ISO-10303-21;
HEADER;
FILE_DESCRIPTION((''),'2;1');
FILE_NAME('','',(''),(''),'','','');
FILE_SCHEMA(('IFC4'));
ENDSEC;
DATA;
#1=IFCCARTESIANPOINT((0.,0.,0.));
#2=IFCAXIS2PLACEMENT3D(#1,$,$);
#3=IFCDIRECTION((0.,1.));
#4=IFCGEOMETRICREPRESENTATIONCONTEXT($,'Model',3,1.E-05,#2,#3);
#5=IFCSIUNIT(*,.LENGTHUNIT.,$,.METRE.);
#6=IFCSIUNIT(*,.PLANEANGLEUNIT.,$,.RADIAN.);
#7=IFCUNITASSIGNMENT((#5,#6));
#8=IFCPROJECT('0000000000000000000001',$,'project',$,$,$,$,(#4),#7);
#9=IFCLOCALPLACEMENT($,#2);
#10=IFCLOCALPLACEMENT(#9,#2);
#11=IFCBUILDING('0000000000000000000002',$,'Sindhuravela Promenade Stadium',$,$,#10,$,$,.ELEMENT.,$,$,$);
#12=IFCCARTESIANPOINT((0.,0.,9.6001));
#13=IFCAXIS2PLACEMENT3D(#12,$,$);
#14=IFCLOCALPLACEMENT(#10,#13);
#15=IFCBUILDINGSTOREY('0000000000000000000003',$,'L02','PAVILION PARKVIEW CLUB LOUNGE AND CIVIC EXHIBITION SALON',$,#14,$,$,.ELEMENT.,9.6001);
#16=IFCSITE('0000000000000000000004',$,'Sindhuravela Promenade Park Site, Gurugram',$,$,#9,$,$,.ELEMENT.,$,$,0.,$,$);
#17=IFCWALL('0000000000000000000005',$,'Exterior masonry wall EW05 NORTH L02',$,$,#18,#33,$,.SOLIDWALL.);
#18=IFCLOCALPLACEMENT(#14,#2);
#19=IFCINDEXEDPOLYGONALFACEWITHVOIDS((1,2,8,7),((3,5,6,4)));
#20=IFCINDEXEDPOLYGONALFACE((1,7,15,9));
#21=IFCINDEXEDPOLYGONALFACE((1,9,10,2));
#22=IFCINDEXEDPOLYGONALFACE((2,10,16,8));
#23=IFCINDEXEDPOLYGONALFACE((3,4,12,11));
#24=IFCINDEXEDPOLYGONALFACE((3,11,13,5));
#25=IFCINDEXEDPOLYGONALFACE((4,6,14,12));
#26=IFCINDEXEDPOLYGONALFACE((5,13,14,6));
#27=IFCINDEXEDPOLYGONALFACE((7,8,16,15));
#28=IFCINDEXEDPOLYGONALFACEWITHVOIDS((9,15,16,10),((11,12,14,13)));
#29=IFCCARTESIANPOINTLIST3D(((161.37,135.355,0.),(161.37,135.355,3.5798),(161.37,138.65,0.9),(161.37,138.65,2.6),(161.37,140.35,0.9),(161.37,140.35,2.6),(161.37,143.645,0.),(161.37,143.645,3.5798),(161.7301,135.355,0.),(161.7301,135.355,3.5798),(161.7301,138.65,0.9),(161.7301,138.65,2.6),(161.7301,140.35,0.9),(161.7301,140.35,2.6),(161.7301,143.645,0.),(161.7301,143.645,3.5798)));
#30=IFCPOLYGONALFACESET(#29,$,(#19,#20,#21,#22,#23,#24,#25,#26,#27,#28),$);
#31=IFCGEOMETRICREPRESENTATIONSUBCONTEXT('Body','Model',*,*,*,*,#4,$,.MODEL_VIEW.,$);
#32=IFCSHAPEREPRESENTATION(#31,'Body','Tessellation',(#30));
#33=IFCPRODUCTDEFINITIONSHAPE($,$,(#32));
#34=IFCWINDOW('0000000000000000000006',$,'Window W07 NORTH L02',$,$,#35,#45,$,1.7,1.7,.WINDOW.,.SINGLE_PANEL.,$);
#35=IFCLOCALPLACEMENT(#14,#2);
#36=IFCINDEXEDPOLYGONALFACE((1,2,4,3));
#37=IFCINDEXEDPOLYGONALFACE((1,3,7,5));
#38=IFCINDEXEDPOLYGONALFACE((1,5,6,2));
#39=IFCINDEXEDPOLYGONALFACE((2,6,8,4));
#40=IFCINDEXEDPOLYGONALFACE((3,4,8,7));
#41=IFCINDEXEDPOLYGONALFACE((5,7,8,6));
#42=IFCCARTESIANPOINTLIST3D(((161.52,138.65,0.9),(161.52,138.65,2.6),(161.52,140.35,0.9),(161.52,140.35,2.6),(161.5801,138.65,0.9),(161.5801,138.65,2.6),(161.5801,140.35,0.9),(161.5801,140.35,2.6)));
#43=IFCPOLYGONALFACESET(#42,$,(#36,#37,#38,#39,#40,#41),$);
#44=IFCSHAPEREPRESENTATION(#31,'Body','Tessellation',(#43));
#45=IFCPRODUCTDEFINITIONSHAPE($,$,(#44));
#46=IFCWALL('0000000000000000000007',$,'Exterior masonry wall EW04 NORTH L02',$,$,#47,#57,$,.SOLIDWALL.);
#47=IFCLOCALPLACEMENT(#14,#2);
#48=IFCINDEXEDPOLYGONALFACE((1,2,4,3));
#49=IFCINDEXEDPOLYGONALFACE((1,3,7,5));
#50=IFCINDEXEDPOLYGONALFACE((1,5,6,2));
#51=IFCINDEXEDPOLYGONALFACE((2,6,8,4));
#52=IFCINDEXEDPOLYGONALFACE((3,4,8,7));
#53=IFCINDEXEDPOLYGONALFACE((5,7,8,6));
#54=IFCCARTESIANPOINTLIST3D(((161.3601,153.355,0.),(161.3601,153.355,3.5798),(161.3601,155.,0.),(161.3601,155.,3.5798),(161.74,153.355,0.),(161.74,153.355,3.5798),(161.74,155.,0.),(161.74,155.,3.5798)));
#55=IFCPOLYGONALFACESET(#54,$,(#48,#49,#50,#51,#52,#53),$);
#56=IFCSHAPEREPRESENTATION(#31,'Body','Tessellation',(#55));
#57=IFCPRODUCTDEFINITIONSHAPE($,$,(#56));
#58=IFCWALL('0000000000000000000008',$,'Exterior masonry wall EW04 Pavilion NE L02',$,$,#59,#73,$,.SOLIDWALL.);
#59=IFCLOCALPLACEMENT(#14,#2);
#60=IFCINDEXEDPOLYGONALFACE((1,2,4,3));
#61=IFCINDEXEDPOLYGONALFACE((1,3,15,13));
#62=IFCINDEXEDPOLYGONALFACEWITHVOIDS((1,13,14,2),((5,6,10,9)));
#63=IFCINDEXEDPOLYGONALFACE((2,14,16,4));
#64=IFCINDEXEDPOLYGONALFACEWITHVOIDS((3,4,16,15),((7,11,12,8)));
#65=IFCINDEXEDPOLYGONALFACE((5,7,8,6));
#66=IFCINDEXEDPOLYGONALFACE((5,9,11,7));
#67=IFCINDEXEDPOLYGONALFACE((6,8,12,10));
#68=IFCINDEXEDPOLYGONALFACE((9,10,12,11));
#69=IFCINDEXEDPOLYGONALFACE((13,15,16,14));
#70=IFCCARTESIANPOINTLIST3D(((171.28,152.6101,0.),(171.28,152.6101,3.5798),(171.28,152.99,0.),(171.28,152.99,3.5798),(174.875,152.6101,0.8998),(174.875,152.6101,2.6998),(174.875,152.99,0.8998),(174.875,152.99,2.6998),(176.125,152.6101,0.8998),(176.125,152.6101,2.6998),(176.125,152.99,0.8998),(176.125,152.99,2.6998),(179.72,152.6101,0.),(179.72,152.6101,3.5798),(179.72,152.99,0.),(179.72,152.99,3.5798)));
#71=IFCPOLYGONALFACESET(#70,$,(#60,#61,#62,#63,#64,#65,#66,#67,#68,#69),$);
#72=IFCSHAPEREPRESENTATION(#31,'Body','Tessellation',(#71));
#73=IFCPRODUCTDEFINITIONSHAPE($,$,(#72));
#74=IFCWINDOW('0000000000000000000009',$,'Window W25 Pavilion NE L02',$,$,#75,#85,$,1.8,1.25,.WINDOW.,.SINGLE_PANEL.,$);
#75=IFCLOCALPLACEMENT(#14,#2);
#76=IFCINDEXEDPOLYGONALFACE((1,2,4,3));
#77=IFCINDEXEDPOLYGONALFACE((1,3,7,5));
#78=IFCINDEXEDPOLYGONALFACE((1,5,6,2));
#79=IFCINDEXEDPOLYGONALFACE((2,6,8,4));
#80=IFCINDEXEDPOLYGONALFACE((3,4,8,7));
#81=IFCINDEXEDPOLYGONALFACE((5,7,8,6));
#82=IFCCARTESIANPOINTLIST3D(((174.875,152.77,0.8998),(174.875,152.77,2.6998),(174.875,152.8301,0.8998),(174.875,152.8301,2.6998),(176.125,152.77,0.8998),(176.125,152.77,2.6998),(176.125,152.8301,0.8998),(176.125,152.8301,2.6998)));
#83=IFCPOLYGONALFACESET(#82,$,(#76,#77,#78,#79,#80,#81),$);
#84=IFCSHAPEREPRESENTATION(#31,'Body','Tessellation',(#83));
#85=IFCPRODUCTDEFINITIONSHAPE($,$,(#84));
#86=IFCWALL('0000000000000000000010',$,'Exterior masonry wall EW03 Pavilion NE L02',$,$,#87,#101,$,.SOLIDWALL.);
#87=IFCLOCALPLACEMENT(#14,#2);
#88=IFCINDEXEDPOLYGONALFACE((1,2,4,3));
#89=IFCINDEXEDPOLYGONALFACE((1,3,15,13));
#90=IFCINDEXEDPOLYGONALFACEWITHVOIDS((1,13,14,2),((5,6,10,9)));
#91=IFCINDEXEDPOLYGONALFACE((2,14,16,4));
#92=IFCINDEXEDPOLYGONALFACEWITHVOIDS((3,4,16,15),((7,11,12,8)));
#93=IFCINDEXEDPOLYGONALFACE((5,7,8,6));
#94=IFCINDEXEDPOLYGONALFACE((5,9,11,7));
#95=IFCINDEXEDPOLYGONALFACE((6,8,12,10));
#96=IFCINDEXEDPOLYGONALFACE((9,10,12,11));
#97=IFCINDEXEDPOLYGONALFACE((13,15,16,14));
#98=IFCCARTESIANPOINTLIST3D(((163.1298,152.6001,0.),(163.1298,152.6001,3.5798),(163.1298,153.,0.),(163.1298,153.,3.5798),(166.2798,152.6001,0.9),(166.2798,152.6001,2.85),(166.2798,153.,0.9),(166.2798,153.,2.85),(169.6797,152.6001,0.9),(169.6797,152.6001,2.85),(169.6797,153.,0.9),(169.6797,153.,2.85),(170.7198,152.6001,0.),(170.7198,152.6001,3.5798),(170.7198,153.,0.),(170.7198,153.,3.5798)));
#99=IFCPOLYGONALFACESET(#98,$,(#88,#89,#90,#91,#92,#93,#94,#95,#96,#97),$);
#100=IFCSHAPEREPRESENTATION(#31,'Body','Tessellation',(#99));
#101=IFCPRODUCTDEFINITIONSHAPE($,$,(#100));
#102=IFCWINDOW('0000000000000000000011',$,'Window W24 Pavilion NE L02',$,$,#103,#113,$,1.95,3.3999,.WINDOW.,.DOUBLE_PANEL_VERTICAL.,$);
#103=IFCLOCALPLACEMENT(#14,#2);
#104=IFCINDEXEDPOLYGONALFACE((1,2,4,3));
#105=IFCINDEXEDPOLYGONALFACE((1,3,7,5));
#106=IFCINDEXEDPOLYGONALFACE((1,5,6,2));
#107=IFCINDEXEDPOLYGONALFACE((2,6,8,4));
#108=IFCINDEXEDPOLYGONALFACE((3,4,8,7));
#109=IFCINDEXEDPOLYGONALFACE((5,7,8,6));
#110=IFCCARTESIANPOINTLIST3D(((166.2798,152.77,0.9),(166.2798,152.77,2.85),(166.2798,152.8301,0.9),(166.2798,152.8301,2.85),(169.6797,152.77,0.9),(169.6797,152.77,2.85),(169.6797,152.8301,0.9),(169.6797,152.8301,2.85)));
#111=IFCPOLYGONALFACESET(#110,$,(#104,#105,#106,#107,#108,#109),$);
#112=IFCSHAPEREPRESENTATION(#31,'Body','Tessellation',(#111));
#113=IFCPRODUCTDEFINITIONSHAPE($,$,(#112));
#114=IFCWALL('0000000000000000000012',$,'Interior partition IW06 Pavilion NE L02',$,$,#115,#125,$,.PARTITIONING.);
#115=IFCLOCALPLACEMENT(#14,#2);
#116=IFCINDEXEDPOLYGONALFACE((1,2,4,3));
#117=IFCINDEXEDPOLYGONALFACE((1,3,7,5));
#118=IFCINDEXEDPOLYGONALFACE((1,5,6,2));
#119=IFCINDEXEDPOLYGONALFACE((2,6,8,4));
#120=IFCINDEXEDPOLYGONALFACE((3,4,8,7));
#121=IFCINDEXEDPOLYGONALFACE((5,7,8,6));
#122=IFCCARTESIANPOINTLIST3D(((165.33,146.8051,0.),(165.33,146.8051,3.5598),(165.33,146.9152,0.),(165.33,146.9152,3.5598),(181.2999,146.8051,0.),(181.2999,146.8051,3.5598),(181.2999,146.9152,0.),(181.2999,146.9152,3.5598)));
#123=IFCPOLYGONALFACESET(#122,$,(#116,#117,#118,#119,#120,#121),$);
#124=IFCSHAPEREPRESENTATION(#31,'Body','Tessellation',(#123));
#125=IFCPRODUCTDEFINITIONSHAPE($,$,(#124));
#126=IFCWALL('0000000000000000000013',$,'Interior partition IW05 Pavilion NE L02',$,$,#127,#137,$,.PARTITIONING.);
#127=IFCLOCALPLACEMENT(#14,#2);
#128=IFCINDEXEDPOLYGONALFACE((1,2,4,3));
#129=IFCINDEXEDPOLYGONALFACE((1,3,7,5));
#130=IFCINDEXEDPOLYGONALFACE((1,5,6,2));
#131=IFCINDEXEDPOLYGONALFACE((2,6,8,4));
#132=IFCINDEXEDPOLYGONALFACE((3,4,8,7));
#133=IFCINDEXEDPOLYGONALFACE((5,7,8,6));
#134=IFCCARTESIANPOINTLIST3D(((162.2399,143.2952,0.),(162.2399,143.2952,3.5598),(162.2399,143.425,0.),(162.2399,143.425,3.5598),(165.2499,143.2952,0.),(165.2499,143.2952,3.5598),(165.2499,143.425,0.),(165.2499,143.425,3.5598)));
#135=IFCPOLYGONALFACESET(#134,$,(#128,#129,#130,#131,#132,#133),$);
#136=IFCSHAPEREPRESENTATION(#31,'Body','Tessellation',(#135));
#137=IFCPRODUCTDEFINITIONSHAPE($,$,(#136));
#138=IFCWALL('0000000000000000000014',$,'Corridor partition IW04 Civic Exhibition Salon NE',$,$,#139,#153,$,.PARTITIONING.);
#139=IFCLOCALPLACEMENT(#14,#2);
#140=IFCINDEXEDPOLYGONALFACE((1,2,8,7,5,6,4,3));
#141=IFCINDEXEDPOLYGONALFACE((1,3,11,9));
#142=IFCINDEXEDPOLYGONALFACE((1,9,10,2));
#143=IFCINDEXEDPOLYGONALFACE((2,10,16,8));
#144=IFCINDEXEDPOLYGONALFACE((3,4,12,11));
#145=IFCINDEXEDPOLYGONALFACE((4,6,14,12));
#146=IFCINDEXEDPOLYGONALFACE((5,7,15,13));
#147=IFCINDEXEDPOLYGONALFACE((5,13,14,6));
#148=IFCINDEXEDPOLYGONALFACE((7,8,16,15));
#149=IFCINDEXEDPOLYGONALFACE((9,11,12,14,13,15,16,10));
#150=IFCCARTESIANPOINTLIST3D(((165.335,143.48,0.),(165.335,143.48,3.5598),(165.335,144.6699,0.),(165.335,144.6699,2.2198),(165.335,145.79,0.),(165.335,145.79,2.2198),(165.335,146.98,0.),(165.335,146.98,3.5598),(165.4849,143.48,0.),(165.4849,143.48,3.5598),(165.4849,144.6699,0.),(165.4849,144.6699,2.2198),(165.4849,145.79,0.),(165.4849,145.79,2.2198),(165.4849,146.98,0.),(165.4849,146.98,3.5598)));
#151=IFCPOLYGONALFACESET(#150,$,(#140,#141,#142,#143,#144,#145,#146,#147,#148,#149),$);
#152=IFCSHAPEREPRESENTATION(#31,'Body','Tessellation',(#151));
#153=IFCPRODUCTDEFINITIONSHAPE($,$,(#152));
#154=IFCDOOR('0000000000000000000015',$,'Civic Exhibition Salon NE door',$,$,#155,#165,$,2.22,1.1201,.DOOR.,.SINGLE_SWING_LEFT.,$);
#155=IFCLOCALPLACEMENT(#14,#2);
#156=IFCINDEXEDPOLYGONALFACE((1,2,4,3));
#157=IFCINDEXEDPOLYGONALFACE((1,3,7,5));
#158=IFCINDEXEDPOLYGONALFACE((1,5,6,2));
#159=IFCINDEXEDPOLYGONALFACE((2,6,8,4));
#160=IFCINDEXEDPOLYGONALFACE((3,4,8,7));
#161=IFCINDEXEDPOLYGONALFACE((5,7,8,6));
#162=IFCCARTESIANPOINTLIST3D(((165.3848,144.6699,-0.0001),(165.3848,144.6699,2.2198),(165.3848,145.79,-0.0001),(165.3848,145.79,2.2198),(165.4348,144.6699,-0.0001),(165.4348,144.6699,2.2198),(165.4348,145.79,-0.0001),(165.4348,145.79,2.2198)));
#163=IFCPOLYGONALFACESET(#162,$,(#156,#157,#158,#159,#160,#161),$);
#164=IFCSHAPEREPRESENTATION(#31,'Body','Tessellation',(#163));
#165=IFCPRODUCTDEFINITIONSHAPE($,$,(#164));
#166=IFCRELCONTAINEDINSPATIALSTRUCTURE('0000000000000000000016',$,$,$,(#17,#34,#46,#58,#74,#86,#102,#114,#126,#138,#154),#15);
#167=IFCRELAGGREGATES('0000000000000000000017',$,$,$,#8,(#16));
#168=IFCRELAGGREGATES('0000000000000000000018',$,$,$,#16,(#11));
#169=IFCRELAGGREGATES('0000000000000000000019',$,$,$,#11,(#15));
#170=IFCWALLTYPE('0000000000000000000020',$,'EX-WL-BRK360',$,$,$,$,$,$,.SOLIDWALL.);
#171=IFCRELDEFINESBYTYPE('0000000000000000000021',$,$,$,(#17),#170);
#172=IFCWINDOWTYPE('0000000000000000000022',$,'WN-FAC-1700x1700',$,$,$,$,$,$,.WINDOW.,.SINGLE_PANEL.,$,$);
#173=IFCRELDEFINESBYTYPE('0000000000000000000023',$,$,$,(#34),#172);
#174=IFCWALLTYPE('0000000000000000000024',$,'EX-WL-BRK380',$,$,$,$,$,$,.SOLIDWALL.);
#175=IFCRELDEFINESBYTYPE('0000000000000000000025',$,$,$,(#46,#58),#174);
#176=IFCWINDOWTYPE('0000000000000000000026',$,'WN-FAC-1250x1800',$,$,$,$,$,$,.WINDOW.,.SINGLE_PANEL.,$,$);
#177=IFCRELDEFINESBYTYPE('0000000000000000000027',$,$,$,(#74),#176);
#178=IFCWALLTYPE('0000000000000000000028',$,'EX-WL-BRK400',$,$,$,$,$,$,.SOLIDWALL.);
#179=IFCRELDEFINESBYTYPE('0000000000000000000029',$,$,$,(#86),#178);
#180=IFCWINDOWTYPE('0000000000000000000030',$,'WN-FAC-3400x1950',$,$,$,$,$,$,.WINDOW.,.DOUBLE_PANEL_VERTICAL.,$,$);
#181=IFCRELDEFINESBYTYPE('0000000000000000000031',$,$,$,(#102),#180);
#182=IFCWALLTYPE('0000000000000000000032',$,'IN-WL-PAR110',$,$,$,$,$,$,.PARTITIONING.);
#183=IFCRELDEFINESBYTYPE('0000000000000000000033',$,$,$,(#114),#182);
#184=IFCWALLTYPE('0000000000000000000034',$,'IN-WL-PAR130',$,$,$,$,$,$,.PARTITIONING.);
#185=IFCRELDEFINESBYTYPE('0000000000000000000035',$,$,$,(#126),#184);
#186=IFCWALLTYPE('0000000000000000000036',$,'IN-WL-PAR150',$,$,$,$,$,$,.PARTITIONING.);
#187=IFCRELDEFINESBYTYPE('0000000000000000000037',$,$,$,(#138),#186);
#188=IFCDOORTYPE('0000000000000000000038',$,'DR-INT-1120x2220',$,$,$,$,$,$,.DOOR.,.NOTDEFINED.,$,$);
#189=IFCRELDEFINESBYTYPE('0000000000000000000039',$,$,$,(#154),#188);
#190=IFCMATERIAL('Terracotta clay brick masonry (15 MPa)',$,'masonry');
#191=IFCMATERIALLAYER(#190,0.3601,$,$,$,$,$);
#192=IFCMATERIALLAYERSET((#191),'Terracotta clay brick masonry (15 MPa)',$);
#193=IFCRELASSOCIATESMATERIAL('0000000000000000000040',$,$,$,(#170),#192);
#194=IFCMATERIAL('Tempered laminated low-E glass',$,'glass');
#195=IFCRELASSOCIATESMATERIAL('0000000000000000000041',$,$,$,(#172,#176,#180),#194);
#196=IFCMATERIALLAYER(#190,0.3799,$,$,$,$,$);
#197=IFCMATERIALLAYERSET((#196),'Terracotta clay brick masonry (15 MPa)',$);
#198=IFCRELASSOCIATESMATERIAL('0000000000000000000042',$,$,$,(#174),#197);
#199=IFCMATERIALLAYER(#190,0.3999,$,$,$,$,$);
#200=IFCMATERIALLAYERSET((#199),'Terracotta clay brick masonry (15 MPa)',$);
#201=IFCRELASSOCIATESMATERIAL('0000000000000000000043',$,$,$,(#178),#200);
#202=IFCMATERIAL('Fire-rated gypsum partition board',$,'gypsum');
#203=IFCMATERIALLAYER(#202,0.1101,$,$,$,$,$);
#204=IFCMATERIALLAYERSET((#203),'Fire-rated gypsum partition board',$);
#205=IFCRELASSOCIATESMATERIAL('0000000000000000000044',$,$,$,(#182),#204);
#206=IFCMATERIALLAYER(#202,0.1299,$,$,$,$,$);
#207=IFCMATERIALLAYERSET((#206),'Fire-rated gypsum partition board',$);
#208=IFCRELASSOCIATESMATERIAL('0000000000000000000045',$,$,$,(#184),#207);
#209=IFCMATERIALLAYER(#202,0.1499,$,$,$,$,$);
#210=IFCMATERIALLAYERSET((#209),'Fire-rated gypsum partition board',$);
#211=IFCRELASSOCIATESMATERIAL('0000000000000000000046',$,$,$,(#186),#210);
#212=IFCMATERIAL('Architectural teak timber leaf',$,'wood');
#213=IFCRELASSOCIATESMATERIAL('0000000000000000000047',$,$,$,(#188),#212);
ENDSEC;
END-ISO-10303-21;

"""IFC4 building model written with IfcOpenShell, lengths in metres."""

from ifc_helpers import new_model, si_unit, direction, frame, frame_2d, origin, place, context, subcontext, project, spatial, rectangle, extrude, material, layer, layer_set, type_object, element, fill, save


model = new_model("IFC4")

# Units and contexts
model_context = context("Model", 3, precision=1e-05, world=origin(), true_north=direction((0.0, 1.0)))
body_context = subcontext(model_context, "Body", "Model", "MODEL_VIEW")
ifc_project = project(units=[si_unit("LENGTHUNIT", "METRE"), si_unit("PLANEANGLEUNIT", "RADIAN")], contexts=[model_context])

# Site, building, storey
site_placement = place(None, origin())
site = spatial("IfcSite", under=ifc_project, at=site_placement, Name="Sindhuravela Promenade Park Site, Gurugram", CompositionType="ELEMENT", RefElevation=0.0)
building_placement = place(site_placement, origin())
building = spatial("IfcBuilding", under=site, at=building_placement, Name="Sindhuravela Promenade Stadium", CompositionType="ELEMENT")
storey_placement = place(building_placement, frame((0.0, 0.0, 9.6001)))
storey = spatial("IfcBuildingStorey", under=building, at=storey_placement, Name="L02", Description="PAVILION PARKVIEW CLUB LOUNGE AND CIVIC EXHIBITION SALON", CompositionType="ELEMENT", Elevation=9.6001)

# Wall, opening, window
ifc_material_1 = material(Name="Terracotta clay brick masonry (15 MPa)", Category="masonry")
ifc_layer_1 = layer(ifc_material_1, 0.3601)
ifc_layer_set_1 = layer_set([ifc_layer_1], Name="Terracotta clay brick masonry (15 MPa)")
wall_type_1 = type_object("IfcWallType", Name="EX-WL-BRK360", PredefinedType="SOLIDWALL", material=ifc_layer_set_1)
wall_1_placement = place(storey_placement, frame((161.55, 143.645, 0.0), z_axis=(0.0, 0.0, 1.0), x_axis=(0.0, -1.0, 0.0)))
wall_1 = element("IfcWall", 1, at=wall_1_placement, inside=storey, type_object=wall_type_1, Name="Exterior masonry wall EW05 NORTH L02", PredefinedType="SOLIDWALL", context=body_context, shape_type="SweptSolid", body=[
    extrude(rectangle(XDim=8.29, YDim=0.3601, at=frame_2d((4.145, 0.0))), origin(), (0.0, 0.0, 1.0), 3.5798),
])
opening_1_placement = place(wall_1_placement, frame((3.2949, 0.0, 0.8999)))
opening_1 = element("IfcOpeningElement", 2, at=opening_1_placement, cuts=wall_1, PredefinedType="OPENING", context=body_context, shape_type="SweptSolid", body=[
    extrude(rectangle(XDim=1.7, YDim=1.7, at=frame_2d((0.8501, 0.8501))), frame((0.0, 0.1899, 0.0), z_axis=(0.0, -1.0, 0.0), x_axis=(1.0, 0.0, 0.0)), (0.0, 0.0, 1.0), 0.3801),
])
ifc_material_2 = material(Name="Tempered laminated low-E glass", Category="glass")
window_type_1 = type_object("IfcWindowType", Name="WN-FAC-1700x1700", PartitioningType="SINGLE_PANEL", PredefinedType="WINDOW", material=ifc_material_2)
window_1_placement = place(opening_1_placement, origin())
window_1 = element("IfcWindow", 3, at=window_1_placement, inside=storey, type_object=window_type_1, Name="Window W07 NORTH L02", OverallHeight=1.7, OverallWidth=1.7, PartitioningType="SINGLE_PANEL", PredefinedType="WINDOW", context=body_context, shape_type="SweptSolid", body=[
    extrude(rectangle(XDim=1.7, YDim=1.7, at=frame_2d((0.8501, 0.8501))), frame((0.0, 0.03, 0.0), z_axis=(0.0, -1.0, 0.0), x_axis=(1.0, 0.0, 0.0)), (0.0, 0.0, 1.0), 0.0601),
])
fill(opening_1, window_1)

# Wall
ifc_layer_2 = layer(ifc_material_1, 0.3799)
ifc_layer_set_2 = layer_set([ifc_layer_2], Name="Terracotta clay brick masonry (15 MPa)")
wall_type_2 = type_object("IfcWallType", Name="EX-WL-BRK380", PredefinedType="SOLIDWALL", material=ifc_layer_set_2)
wall_2_placement = place(storey_placement, frame((161.55, 155.0, 0.0), z_axis=(0.0, 0.0, 1.0), x_axis=(0.0, -1.0, 0.0)))
element("IfcWall", 4, at=wall_2_placement, inside=storey, type_object=wall_type_2, Name="Exterior masonry wall EW04 NORTH L02", PredefinedType="SOLIDWALL", context=body_context, shape_type="SweptSolid", body=[
    extrude(rectangle(XDim=1.645, YDim=0.3799, at=frame_2d((0.8225, 0.0))), origin(), (0.0, 0.0, 1.0), 3.5798),
])

# Walls, openings, windows
wall_3_placement = place(storey_placement, frame((171.28, 152.8, 0.0), z_axis=(0.0, 0.0, 1.0), x_axis=(1.0, 0.0, 0.0)))
wall_3 = element("IfcWall", 5, at=wall_3_placement, inside=storey, type_object=wall_type_2, Name="Exterior masonry wall EW04 Pavilion NE L02", PredefinedType="SOLIDWALL", context=body_context, shape_type="SweptSolid", body=[
    extrude(rectangle(XDim=8.4399, YDim=0.3799, at=frame_2d((4.22, 0.0))), origin(), (0.0, 0.0, 1.0), 3.5798),
])
opening_2_placement = place(wall_3_placement, frame((3.595, 0.0, 0.8999)))
opening_2 = element("IfcOpeningElement", 6, at=opening_2_placement, cuts=wall_3, PredefinedType="OPENING", context=body_context, shape_type="SweptSolid", body=[
    extrude(rectangle(XDim=1.25, YDim=1.8, at=frame_2d((0.625, 0.8999))), frame((0.0, 0.2, 0.0), z_axis=(0.0, -1.0, 0.0), x_axis=(1.0, 0.0, 0.0)), (0.0, 0.0, 1.0), 0.3999),
])
window_type_2 = type_object("IfcWindowType", Name="WN-FAC-1250x1800", PartitioningType="SINGLE_PANEL", PredefinedType="WINDOW", material=ifc_material_2)
window_2_placement = place(opening_2_placement, origin())
window_2 = element("IfcWindow", 7, at=window_2_placement, inside=storey, type_object=window_type_2, Name="Window W25 Pavilion NE L02", OverallHeight=1.8, OverallWidth=1.25, PartitioningType="SINGLE_PANEL", PredefinedType="WINDOW", context=body_context, shape_type="SweptSolid", body=[
    extrude(rectangle(XDim=1.25, YDim=1.8, at=frame_2d((0.625, 0.8999))), frame((0.0, 0.03, 0.0), z_axis=(0.0, -1.0, 0.0), x_axis=(1.0, 0.0, 0.0)), (0.0, 0.0, 1.0), 0.0601),
])
fill(opening_2, window_2)
ifc_layer_3 = layer(ifc_material_1, 0.3999)
ifc_layer_set_3 = layer_set([ifc_layer_3], Name="Terracotta clay brick masonry (15 MPa)")
wall_type_3 = type_object("IfcWallType", Name="EX-WL-BRK400", PredefinedType="SOLIDWALL", material=ifc_layer_set_3)
wall_4_placement = place(storey_placement, frame((163.1299, 152.8, 0.0), z_axis=(0.0, 0.0, 1.0), x_axis=(1.0, 0.0, 0.0)))
wall_4 = element("IfcWall", 8, at=wall_4_placement, inside=storey, type_object=wall_type_3, Name="Exterior masonry wall EW03 Pavilion NE L02", PredefinedType="SOLIDWALL", context=body_context, shape_type="SweptSolid", body=[
    extrude(rectangle(XDim=7.5901, YDim=0.3999, at=frame_2d((3.7949, 0.0))), origin(), (0.0, 0.0, 1.0), 3.5798),
])
opening_3_placement = place(wall_4_placement, frame((3.1499, 0.0, 0.8999)))
opening_3 = element("IfcOpeningElement", 9, at=opening_3_placement, cuts=wall_4, PredefinedType="OPENING", context=body_context, shape_type="SweptSolid", body=[
    extrude(rectangle(XDim=3.3999, YDim=1.95, at=frame_2d((1.7, 0.9751))), frame((0.0, 0.21, 0.0), z_axis=(0.0, -1.0, 0.0), x_axis=(1.0, 0.0, 0.0)), (0.0, 0.0, 1.0), 0.4199),
])
window_type_3 = type_object("IfcWindowType", Name="WN-FAC-3400x1950", PartitioningType="DOUBLE_PANEL_VERTICAL", PredefinedType="WINDOW", material=ifc_material_2)
window_3_placement = place(opening_3_placement, origin())
window_3 = element("IfcWindow", 10, at=window_3_placement, inside=storey, type_object=window_type_3, Name="Window W24 Pavilion NE L02", OverallHeight=1.95, OverallWidth=3.3999, PartitioningType="DOUBLE_PANEL_VERTICAL", PredefinedType="WINDOW", context=body_context, shape_type="SweptSolid", body=[
    extrude(rectangle(XDim=3.3999, YDim=1.95, at=frame_2d((1.7, 0.9751))), frame((0.0, 0.03, 0.0), z_axis=(0.0, -1.0, 0.0), x_axis=(1.0, 0.0, 0.0)), (0.0, 0.0, 1.0), 0.0601),
])
fill(opening_3, window_3)

# Walls
ifc_material_3 = material(Name="Fire-rated gypsum partition board", Category="gypsum")
ifc_layer_4 = layer(ifc_material_3, 0.1101)
ifc_layer_set_4 = layer_set([ifc_layer_4], Name="Fire-rated gypsum partition board")
wall_type_4 = type_object("IfcWallType", Name="IN-WL-PAR110", PredefinedType="PARTITIONING", material=ifc_layer_set_4)
wall_5_placement = place(storey_placement, frame((165.3301, 146.8601, 0.0), z_axis=(0.0, 0.0, 1.0), x_axis=(1.0, 0.0, 0.0)))
element("IfcWall", 11, at=wall_5_placement, inside=storey, type_object=wall_type_4, Name="Interior partition IW06 Pavilion NE L02", PredefinedType="PARTITIONING", context=body_context, shape_type="SweptSolid", body=[
    extrude(rectangle(XDim=15.97, YDim=0.1101, at=frame_2d((7.9849, 0.0))), origin(), (0.0, 0.0, 1.0), 3.5598),
])
ifc_layer_5 = layer(ifc_material_3, 0.1299)
ifc_layer_set_5 = layer_set([ifc_layer_5], Name="Fire-rated gypsum partition board")
wall_type_5 = type_object("IfcWallType", Name="IN-WL-PAR130", PredefinedType="PARTITIONING", material=ifc_layer_set_5)
wall_6_placement = place(storey_placement, frame((162.24, 143.3601, 0.0), z_axis=(0.0, 0.0, 1.0), x_axis=(1.0, 0.0, 0.0)))
element("IfcWall", 12, at=wall_6_placement, inside=storey, type_object=wall_type_5, Name="Interior partition IW05 Pavilion NE L02", PredefinedType="PARTITIONING", context=body_context, shape_type="SweptSolid", body=[
    extrude(rectangle(XDim=3.01, YDim=0.1299, at=frame_2d((1.5049, 0.0))), origin(), (0.0, 0.0, 1.0), 3.5598),
])

# Wall, opening, door
ifc_layer_6 = layer(ifc_material_3, 0.1499)
ifc_layer_set_6 = layer_set([ifc_layer_6], Name="Fire-rated gypsum partition board")
wall_type_6 = type_object("IfcWallType", Name="IN-WL-PAR150", PredefinedType="PARTITIONING", material=ifc_layer_set_6)
wall_7_placement = place(storey_placement, frame((165.4099, 146.98, 0.0), z_axis=(0.0, 0.0, 1.0), x_axis=(0.0, -1.0, 0.0)))
wall_7 = element("IfcWall", 13, at=wall_7_placement, inside=storey, type_object=wall_type_6, Name="Corridor partition IW04 Civic Exhibition Salon NE", PredefinedType="PARTITIONING", context=body_context, shape_type="SweptSolid", body=[
    extrude(rectangle(XDim=3.5, YDim=0.1499, at=frame_2d((1.75, 0.0))), origin(), (0.0, 0.0, 1.0), 3.5598),
])
opening_4_placement = place(wall_7_placement, frame((1.1899, 0.0, 0.0)))
opening_4 = element("IfcOpeningElement", 14, at=opening_4_placement, cuts=wall_7, PredefinedType="OPENING", context=body_context, shape_type="SweptSolid", body=[
    extrude(rectangle(XDim=1.1201, YDim=2.22, at=frame_2d((0.5601, 1.1099))), frame((0.0, 0.085, 0.0), z_axis=(0.0, -1.0, 0.0), x_axis=(1.0, 0.0, 0.0)), (0.0, 0.0, 1.0), 0.1699),
])
ifc_material_4 = material(Name="Architectural teak timber leaf", Category="wood")
door_type = type_object("IfcDoorType", Name="DR-INT-1120x2220", OperationType="NOTDEFINED", PredefinedType="DOOR", material=ifc_material_4)
door_placement = place(opening_4_placement, origin())
door = element("IfcDoor", 15, at=door_placement, inside=storey, type_object=door_type, Name="Civic Exhibition Salon NE door", OperationType="SINGLE_SWING_LEFT", OverallHeight=2.22, OverallWidth=1.1201, PredefinedType="DOOR", context=body_context, shape_type="SweptSolid", body=[
    extrude(rectangle(XDim=1.1201, YDim=2.22, at=frame_2d((0.5601, 1.1099))), frame((0.0, 0.0249, 0.0), z_axis=(0.0, -1.0, 0.0), x_axis=(1.0, 0.0, 0.0)), (0.0, 0.0, 1.0), 0.05),
])
fill(opening_4, door)

save(model, "model.ifc")
